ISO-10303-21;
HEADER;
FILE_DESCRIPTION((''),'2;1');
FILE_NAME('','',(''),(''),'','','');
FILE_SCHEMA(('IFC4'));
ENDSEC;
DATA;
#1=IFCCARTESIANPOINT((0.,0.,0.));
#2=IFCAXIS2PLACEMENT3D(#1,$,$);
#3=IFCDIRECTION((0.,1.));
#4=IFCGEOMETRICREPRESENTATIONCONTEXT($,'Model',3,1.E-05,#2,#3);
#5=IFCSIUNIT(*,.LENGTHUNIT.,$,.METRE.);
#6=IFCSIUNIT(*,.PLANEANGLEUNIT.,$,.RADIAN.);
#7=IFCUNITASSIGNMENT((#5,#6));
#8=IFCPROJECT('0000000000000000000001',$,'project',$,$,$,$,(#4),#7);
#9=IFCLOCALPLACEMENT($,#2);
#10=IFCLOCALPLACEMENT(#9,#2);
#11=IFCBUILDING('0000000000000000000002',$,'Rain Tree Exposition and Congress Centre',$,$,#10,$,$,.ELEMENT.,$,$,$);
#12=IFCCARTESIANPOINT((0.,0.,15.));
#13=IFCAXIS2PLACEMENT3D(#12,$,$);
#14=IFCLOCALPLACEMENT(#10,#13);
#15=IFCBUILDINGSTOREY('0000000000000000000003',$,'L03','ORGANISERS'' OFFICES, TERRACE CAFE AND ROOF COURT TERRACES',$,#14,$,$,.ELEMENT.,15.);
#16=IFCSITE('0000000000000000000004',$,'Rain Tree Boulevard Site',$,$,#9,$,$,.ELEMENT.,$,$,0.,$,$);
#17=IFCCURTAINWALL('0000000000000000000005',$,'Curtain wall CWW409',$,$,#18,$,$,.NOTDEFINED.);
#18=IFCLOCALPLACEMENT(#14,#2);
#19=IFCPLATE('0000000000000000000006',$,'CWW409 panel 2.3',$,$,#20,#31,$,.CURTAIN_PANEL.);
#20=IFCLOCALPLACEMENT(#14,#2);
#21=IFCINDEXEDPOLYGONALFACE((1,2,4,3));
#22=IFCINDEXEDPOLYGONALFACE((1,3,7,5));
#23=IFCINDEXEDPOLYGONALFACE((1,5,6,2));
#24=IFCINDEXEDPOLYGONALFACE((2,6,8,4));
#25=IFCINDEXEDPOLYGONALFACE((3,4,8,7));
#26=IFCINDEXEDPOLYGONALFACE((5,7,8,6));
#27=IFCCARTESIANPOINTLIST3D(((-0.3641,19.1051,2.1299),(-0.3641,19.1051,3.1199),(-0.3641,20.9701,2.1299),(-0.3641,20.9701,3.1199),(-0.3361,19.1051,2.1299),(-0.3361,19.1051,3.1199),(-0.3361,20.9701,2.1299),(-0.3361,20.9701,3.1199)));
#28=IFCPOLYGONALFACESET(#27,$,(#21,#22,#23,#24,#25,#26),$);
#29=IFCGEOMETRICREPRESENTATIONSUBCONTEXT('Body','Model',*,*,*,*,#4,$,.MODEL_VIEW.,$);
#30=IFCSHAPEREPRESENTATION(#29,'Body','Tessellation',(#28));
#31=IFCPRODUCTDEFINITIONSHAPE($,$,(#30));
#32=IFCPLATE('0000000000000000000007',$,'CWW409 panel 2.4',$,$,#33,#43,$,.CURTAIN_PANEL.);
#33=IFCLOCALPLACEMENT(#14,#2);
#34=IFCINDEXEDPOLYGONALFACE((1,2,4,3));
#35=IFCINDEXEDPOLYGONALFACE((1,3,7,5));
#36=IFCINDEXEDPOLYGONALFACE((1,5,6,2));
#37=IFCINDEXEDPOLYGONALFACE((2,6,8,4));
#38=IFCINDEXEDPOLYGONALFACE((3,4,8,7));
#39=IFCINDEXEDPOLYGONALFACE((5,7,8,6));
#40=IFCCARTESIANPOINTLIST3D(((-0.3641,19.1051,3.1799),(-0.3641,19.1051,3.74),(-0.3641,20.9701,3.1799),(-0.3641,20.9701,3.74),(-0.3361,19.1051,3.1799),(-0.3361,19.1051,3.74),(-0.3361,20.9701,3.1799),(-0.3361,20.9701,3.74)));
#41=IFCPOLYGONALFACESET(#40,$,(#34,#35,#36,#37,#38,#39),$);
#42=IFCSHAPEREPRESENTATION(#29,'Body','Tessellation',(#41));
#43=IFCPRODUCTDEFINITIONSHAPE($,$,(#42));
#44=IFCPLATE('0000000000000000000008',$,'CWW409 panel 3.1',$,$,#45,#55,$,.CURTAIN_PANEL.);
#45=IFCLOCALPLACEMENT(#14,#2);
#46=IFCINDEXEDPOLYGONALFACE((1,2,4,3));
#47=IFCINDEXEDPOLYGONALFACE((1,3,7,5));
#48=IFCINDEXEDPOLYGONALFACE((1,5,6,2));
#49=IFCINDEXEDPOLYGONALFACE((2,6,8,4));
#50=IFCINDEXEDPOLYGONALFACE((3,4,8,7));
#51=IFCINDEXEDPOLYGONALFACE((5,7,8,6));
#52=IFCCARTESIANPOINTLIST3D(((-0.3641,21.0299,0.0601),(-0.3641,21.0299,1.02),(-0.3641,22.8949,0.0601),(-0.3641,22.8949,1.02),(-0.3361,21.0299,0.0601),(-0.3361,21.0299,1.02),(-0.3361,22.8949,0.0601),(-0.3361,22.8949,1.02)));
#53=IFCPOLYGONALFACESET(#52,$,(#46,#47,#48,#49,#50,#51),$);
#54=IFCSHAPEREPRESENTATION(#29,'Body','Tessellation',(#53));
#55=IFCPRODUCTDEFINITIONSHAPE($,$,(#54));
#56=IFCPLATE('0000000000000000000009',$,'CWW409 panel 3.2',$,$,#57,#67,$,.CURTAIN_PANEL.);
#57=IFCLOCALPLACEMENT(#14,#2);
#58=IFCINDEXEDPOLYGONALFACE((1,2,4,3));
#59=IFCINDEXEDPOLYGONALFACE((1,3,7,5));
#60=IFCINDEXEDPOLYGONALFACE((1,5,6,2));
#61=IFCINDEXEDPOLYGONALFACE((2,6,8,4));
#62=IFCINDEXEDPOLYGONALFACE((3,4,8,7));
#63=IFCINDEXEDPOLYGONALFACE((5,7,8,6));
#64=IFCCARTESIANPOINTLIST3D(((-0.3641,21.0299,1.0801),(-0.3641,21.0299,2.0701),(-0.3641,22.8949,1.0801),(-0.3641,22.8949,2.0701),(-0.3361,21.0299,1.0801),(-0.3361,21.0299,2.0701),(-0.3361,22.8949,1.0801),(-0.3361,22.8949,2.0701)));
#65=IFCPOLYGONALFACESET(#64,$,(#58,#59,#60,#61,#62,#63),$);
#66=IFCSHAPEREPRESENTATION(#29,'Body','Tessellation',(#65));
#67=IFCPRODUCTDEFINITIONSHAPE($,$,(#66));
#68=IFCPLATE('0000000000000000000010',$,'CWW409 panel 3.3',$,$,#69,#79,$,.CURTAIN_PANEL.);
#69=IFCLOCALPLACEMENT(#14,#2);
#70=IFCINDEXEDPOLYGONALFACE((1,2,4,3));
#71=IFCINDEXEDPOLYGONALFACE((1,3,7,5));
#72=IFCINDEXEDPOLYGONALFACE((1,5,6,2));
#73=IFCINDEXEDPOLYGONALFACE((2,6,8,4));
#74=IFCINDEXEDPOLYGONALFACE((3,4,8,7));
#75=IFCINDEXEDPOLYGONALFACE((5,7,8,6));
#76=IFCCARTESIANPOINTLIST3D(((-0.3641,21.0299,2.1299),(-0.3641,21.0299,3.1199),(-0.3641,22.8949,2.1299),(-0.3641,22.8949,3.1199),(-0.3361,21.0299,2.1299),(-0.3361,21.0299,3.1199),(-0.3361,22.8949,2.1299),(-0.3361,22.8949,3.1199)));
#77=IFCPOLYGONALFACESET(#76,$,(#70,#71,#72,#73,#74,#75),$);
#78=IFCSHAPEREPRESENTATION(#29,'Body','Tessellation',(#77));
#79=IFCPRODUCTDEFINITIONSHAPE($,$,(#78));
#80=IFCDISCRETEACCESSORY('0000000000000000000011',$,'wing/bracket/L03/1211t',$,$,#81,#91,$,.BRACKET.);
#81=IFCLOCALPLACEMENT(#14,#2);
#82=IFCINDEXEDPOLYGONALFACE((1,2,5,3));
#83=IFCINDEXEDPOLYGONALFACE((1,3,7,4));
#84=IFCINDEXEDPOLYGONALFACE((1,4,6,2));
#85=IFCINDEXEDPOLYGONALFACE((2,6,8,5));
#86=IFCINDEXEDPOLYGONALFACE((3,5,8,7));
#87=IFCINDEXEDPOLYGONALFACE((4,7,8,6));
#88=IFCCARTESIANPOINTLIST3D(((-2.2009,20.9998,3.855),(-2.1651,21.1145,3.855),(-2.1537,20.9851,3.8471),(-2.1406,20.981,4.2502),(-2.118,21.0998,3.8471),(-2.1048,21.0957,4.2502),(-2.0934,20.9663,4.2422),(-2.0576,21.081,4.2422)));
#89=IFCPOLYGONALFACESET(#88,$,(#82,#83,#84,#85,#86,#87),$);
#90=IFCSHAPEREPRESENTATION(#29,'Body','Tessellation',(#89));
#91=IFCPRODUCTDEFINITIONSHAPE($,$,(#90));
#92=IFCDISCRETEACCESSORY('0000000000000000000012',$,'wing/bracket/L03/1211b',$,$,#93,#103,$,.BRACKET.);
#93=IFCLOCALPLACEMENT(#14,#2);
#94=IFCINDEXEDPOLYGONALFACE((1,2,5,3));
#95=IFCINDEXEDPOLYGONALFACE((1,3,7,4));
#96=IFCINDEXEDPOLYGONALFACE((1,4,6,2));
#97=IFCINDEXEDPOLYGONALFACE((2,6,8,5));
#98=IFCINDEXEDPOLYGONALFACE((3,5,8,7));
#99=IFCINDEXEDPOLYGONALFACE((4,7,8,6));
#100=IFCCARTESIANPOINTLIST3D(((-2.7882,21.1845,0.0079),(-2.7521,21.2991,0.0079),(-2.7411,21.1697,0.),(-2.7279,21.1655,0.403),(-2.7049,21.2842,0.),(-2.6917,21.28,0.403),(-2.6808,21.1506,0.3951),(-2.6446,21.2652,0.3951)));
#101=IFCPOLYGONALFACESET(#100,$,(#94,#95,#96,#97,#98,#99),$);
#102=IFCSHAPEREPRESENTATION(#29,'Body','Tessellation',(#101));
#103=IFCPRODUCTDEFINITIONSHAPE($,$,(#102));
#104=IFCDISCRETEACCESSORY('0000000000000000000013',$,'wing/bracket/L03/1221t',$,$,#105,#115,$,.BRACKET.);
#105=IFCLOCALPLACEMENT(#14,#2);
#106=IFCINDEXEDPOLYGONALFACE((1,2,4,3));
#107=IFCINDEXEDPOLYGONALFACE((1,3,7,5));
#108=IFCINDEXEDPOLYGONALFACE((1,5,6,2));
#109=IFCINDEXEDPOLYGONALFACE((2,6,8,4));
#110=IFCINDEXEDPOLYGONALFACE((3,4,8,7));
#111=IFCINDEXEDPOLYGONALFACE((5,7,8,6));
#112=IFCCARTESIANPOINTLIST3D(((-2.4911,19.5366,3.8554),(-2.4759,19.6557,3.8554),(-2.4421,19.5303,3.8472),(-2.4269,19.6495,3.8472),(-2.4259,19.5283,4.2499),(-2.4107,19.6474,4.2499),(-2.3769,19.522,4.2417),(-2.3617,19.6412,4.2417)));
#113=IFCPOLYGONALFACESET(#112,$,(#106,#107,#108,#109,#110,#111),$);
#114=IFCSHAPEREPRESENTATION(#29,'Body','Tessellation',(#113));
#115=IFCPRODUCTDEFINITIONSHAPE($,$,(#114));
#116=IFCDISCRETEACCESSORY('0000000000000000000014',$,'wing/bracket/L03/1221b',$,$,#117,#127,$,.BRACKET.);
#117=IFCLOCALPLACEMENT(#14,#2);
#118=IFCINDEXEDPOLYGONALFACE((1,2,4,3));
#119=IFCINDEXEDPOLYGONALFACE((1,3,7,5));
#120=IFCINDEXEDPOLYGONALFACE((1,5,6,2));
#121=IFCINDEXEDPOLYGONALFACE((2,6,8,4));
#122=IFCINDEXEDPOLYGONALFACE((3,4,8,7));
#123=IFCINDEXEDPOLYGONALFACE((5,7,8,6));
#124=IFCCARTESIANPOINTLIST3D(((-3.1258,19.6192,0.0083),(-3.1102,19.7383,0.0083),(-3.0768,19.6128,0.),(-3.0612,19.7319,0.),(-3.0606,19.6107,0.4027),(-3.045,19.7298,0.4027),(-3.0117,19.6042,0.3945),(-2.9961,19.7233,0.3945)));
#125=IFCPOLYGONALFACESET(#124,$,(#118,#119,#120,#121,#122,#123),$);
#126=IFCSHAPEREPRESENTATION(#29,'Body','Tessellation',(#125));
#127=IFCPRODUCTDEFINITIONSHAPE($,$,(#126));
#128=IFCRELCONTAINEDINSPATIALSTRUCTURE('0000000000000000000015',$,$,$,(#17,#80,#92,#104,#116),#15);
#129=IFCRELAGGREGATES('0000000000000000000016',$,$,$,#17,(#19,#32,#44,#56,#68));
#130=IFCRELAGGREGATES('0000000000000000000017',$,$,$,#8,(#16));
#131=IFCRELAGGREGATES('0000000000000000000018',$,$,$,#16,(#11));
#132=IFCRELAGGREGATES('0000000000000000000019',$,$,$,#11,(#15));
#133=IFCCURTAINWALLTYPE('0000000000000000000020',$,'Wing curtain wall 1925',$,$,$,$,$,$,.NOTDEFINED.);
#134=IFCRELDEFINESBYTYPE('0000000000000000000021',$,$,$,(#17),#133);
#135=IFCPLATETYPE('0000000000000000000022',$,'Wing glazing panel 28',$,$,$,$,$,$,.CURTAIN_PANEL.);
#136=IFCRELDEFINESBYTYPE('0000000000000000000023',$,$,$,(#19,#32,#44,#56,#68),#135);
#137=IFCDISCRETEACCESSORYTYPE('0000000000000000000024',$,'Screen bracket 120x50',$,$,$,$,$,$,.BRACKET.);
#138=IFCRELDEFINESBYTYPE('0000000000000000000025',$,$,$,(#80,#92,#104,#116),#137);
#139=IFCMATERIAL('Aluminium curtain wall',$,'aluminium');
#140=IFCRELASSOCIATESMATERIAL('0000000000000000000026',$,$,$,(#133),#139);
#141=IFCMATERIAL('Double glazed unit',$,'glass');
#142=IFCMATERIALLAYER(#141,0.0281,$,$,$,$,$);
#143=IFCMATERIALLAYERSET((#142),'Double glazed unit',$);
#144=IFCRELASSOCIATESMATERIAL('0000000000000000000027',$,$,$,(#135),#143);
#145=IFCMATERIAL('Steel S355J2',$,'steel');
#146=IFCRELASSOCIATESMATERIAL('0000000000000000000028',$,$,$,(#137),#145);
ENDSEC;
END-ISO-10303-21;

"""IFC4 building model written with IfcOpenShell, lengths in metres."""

from ifc_helpers import new_model, si_unit, direction, frame, origin, origin_2d, place, context, subcontext, project, spatial, rectangle, extrude, material, layer, layer_set, material_profile, profile_set, type_object, element, aggregate, save


model = new_model("IFC4")

# Units and contexts
model_context = context("Model", 3, precision=1e-05, world=origin(), true_north=direction((0.0, 1.0)))
body_context = subcontext(model_context, "Body", "Model", "MODEL_VIEW")
ifc_project = project(units=[si_unit("LENGTHUNIT", "METRE"), si_unit("PLANEANGLEUNIT", "RADIAN")], contexts=[model_context])

# Site, building, storey
site_placement = place(None, origin())
site = spatial("IfcSite", under=ifc_project, at=site_placement, Name="Rain Tree Boulevard Site", CompositionType="ELEMENT", RefElevation=0.0)
building_placement = place(site_placement, origin())
building = spatial("IfcBuilding", under=site, at=building_placement, Name="Rain Tree Exposition and Congress Centre", CompositionType="ELEMENT")
storey_placement = place(building_placement, frame((0.0, 0.0, 15.0)))
storey = spatial("IfcBuildingStorey", under=building, at=storey_placement, Name="L03", Description="ORGANISERS' OFFICES, TERRACE CAFE AND ROOF COURT TERRACES", CompositionType="ELEMENT", Elevation=15.0)

# Curtain wall, plates
ifc_material_1 = material(Name="Aluminium curtain wall", Category="aluminium")
curtain_wall_type = type_object("IfcCurtainWallType", Name="Wing curtain wall 1925", PredefinedType="NOTDEFINED", material=ifc_material_1)
curtain_wall_placement = place(storey_placement, origin())
curtain_wall = element("IfcCurtainWall", 1, at=curtain_wall_placement, inside=storey, type_object=curtain_wall_type, Name="Curtain wall CWW409", PredefinedType="NOTDEFINED")
ifc_material_2 = material(Name="Double glazed unit", Category="glass")
ifc_layer_1 = layer(ifc_material_2, 0.0281)
ifc_layer_set_1 = layer_set([ifc_layer_1], Name="Double glazed unit")
plate_type = type_object("IfcPlateType", Name="Wing glazing panel 28", PredefinedType="CURTAIN_PANEL", material=ifc_layer_set_1)
plate_1_placement = place(storey_placement, frame((-0.3501, 20.0376, 2.1299), z_axis=(0.0, 0.0, 1.0), x_axis=(0.0, 1.0, 0.0)))
plate_1 = element("IfcPlate", 2, at=plate_1_placement, type_object=plate_type, Name="CWW409 panel 2.3", PredefinedType="CURTAIN_PANEL", context=body_context, shape_type="SweptSolid", body=[
    extrude(rectangle(XDim=1.865, YDim=0.0281, at=origin_2d()), origin(), (0.0, 0.0, 1.0), 0.99),
])
plate_2_placement = place(storey_placement, frame((-0.3501, 20.0376, 3.1799), z_axis=(0.0, 0.0, 1.0), x_axis=(0.0, 1.0, 0.0)))
plate_2 = element("IfcPlate", 3, at=plate_2_placement, type_object=plate_type, Name="CWW409 panel 2.4", PredefinedType="CURTAIN_PANEL", context=body_context, shape_type="SweptSolid", body=[
    extrude(rectangle(XDim=1.865, YDim=0.0281, at=origin_2d()), origin(), (0.0, 0.0, 1.0), 0.5601),
])
plate_3_placement = place(storey_placement, frame((-0.3501, 21.9624, 0.0601), z_axis=(0.0, 0.0, 1.0), x_axis=(0.0, 1.0, 0.0)))
plate_3 = element("IfcPlate", 4, at=plate_3_placement, type_object=plate_type, Name="CWW409 panel 3.1", PredefinedType="CURTAIN_PANEL", context=body_context, shape_type="SweptSolid", body=[
    extrude(rectangle(XDim=1.865, YDim=0.0281, at=origin_2d()), origin(), (0.0, 0.0, 1.0), 0.96),
])
plate_4_placement = place(storey_placement, frame((-0.3501, 21.9624, 1.0801), z_axis=(0.0, 0.0, 1.0), x_axis=(0.0, 1.0, 0.0)))
plate_4 = element("IfcPlate", 5, at=plate_4_placement, type_object=plate_type, Name="CWW409 panel 3.2", PredefinedType="CURTAIN_PANEL", context=body_context, shape_type="SweptSolid", body=[
    extrude(rectangle(XDim=1.865, YDim=0.0281, at=origin_2d()), origin(), (0.0, 0.0, 1.0), 0.99),
])
plate_5_placement = place(storey_placement, frame((-0.3501, 21.9624, 2.1299), z_axis=(0.0, 0.0, 1.0), x_axis=(0.0, 1.0, 0.0)))
plate_5 = element("IfcPlate", 6, at=plate_5_placement, type_object=plate_type, Name="CWW409 panel 3.3", PredefinedType="CURTAIN_PANEL", context=body_context, shape_type="SweptSolid", body=[
    extrude(rectangle(XDim=1.865, YDim=0.0281, at=origin_2d()), origin(), (0.0, 0.0, 1.0), 0.99),
])
aggregate(curtain_wall, [plate_1, plate_2, plate_3, plate_4, plate_5])

# Discrete accessories
ifc_material_3 = material(Name="Steel S355J2", Category="steel")
ifc_material_profile_1 = material_profile(ifc_material_3, rectangle(XDim=0.1201, YDim=0.05, at=origin_2d()), Name="Flat bar 120x50")
ifc_profile_set_1 = profile_set([ifc_material_profile_1], Name="Steel S355J2")
discrete_accessory_type = type_object("IfcDiscreteAccessoryType", Name="Screen bracket 120x50", PredefinedType="BRACKET", material=ifc_profile_set_1)
for number, where, z_axis, x_axis, name in (
    (7, (-2.1594, 21.0498, 3.8511), (0.150743, -0.046993, 0.987456), (0.297615, 0.954686, 0.0), "wing/bracket/L03/1211t"),
    (8, (-2.7466, 21.2344, 0.0039), (0.150738, -0.047602, 0.987427), (0.301131, 0.953583, 0.0), "wing/bracket/L03/1211b"),
):
    element("IfcDiscreteAccessory", number, at=place(storey_placement, frame(where, z_axis=z_axis, x_axis=x_axis)), inside=storey, type_object=discrete_accessory_type, Name=name, PredefinedType="BRACKET", context=body_context, shape_type="SweptSolid", body=[
        extrude(rectangle(XDim=0.1201, YDim=0.05, at=origin_2d()), origin(), (0.0, 0.0, 1.0), 0.4001),
    ])
for number, where, z_axis, x_axis, name in (
    (9, (-2.459, 19.593, 3.8513), (0.162978, -0.020754, 0.986411), (0.126321, 0.991989, 0.0), "wing/bracket/L03/1221t"),
    (10, (-3.0935, 19.6755, 0.0042), (0.162976, -0.021364, 0.986399), (0.129974, 0.991517, 0.0), "wing/bracket/L03/1221b"),
):
    element("IfcDiscreteAccessory", number, at=place(storey_placement, frame(where, z_axis=z_axis, x_axis=x_axis)), inside=storey, type_object=discrete_accessory_type, Name=name, PredefinedType="BRACKET", context=body_context, shape_type="SweptSolid", body=[
        extrude(rectangle(XDim=0.1201, YDim=0.05, at=origin_2d()), origin(), (0.0, 0.0, 1.0), 0.3999),
    ])

save(model, "model.ifc")
